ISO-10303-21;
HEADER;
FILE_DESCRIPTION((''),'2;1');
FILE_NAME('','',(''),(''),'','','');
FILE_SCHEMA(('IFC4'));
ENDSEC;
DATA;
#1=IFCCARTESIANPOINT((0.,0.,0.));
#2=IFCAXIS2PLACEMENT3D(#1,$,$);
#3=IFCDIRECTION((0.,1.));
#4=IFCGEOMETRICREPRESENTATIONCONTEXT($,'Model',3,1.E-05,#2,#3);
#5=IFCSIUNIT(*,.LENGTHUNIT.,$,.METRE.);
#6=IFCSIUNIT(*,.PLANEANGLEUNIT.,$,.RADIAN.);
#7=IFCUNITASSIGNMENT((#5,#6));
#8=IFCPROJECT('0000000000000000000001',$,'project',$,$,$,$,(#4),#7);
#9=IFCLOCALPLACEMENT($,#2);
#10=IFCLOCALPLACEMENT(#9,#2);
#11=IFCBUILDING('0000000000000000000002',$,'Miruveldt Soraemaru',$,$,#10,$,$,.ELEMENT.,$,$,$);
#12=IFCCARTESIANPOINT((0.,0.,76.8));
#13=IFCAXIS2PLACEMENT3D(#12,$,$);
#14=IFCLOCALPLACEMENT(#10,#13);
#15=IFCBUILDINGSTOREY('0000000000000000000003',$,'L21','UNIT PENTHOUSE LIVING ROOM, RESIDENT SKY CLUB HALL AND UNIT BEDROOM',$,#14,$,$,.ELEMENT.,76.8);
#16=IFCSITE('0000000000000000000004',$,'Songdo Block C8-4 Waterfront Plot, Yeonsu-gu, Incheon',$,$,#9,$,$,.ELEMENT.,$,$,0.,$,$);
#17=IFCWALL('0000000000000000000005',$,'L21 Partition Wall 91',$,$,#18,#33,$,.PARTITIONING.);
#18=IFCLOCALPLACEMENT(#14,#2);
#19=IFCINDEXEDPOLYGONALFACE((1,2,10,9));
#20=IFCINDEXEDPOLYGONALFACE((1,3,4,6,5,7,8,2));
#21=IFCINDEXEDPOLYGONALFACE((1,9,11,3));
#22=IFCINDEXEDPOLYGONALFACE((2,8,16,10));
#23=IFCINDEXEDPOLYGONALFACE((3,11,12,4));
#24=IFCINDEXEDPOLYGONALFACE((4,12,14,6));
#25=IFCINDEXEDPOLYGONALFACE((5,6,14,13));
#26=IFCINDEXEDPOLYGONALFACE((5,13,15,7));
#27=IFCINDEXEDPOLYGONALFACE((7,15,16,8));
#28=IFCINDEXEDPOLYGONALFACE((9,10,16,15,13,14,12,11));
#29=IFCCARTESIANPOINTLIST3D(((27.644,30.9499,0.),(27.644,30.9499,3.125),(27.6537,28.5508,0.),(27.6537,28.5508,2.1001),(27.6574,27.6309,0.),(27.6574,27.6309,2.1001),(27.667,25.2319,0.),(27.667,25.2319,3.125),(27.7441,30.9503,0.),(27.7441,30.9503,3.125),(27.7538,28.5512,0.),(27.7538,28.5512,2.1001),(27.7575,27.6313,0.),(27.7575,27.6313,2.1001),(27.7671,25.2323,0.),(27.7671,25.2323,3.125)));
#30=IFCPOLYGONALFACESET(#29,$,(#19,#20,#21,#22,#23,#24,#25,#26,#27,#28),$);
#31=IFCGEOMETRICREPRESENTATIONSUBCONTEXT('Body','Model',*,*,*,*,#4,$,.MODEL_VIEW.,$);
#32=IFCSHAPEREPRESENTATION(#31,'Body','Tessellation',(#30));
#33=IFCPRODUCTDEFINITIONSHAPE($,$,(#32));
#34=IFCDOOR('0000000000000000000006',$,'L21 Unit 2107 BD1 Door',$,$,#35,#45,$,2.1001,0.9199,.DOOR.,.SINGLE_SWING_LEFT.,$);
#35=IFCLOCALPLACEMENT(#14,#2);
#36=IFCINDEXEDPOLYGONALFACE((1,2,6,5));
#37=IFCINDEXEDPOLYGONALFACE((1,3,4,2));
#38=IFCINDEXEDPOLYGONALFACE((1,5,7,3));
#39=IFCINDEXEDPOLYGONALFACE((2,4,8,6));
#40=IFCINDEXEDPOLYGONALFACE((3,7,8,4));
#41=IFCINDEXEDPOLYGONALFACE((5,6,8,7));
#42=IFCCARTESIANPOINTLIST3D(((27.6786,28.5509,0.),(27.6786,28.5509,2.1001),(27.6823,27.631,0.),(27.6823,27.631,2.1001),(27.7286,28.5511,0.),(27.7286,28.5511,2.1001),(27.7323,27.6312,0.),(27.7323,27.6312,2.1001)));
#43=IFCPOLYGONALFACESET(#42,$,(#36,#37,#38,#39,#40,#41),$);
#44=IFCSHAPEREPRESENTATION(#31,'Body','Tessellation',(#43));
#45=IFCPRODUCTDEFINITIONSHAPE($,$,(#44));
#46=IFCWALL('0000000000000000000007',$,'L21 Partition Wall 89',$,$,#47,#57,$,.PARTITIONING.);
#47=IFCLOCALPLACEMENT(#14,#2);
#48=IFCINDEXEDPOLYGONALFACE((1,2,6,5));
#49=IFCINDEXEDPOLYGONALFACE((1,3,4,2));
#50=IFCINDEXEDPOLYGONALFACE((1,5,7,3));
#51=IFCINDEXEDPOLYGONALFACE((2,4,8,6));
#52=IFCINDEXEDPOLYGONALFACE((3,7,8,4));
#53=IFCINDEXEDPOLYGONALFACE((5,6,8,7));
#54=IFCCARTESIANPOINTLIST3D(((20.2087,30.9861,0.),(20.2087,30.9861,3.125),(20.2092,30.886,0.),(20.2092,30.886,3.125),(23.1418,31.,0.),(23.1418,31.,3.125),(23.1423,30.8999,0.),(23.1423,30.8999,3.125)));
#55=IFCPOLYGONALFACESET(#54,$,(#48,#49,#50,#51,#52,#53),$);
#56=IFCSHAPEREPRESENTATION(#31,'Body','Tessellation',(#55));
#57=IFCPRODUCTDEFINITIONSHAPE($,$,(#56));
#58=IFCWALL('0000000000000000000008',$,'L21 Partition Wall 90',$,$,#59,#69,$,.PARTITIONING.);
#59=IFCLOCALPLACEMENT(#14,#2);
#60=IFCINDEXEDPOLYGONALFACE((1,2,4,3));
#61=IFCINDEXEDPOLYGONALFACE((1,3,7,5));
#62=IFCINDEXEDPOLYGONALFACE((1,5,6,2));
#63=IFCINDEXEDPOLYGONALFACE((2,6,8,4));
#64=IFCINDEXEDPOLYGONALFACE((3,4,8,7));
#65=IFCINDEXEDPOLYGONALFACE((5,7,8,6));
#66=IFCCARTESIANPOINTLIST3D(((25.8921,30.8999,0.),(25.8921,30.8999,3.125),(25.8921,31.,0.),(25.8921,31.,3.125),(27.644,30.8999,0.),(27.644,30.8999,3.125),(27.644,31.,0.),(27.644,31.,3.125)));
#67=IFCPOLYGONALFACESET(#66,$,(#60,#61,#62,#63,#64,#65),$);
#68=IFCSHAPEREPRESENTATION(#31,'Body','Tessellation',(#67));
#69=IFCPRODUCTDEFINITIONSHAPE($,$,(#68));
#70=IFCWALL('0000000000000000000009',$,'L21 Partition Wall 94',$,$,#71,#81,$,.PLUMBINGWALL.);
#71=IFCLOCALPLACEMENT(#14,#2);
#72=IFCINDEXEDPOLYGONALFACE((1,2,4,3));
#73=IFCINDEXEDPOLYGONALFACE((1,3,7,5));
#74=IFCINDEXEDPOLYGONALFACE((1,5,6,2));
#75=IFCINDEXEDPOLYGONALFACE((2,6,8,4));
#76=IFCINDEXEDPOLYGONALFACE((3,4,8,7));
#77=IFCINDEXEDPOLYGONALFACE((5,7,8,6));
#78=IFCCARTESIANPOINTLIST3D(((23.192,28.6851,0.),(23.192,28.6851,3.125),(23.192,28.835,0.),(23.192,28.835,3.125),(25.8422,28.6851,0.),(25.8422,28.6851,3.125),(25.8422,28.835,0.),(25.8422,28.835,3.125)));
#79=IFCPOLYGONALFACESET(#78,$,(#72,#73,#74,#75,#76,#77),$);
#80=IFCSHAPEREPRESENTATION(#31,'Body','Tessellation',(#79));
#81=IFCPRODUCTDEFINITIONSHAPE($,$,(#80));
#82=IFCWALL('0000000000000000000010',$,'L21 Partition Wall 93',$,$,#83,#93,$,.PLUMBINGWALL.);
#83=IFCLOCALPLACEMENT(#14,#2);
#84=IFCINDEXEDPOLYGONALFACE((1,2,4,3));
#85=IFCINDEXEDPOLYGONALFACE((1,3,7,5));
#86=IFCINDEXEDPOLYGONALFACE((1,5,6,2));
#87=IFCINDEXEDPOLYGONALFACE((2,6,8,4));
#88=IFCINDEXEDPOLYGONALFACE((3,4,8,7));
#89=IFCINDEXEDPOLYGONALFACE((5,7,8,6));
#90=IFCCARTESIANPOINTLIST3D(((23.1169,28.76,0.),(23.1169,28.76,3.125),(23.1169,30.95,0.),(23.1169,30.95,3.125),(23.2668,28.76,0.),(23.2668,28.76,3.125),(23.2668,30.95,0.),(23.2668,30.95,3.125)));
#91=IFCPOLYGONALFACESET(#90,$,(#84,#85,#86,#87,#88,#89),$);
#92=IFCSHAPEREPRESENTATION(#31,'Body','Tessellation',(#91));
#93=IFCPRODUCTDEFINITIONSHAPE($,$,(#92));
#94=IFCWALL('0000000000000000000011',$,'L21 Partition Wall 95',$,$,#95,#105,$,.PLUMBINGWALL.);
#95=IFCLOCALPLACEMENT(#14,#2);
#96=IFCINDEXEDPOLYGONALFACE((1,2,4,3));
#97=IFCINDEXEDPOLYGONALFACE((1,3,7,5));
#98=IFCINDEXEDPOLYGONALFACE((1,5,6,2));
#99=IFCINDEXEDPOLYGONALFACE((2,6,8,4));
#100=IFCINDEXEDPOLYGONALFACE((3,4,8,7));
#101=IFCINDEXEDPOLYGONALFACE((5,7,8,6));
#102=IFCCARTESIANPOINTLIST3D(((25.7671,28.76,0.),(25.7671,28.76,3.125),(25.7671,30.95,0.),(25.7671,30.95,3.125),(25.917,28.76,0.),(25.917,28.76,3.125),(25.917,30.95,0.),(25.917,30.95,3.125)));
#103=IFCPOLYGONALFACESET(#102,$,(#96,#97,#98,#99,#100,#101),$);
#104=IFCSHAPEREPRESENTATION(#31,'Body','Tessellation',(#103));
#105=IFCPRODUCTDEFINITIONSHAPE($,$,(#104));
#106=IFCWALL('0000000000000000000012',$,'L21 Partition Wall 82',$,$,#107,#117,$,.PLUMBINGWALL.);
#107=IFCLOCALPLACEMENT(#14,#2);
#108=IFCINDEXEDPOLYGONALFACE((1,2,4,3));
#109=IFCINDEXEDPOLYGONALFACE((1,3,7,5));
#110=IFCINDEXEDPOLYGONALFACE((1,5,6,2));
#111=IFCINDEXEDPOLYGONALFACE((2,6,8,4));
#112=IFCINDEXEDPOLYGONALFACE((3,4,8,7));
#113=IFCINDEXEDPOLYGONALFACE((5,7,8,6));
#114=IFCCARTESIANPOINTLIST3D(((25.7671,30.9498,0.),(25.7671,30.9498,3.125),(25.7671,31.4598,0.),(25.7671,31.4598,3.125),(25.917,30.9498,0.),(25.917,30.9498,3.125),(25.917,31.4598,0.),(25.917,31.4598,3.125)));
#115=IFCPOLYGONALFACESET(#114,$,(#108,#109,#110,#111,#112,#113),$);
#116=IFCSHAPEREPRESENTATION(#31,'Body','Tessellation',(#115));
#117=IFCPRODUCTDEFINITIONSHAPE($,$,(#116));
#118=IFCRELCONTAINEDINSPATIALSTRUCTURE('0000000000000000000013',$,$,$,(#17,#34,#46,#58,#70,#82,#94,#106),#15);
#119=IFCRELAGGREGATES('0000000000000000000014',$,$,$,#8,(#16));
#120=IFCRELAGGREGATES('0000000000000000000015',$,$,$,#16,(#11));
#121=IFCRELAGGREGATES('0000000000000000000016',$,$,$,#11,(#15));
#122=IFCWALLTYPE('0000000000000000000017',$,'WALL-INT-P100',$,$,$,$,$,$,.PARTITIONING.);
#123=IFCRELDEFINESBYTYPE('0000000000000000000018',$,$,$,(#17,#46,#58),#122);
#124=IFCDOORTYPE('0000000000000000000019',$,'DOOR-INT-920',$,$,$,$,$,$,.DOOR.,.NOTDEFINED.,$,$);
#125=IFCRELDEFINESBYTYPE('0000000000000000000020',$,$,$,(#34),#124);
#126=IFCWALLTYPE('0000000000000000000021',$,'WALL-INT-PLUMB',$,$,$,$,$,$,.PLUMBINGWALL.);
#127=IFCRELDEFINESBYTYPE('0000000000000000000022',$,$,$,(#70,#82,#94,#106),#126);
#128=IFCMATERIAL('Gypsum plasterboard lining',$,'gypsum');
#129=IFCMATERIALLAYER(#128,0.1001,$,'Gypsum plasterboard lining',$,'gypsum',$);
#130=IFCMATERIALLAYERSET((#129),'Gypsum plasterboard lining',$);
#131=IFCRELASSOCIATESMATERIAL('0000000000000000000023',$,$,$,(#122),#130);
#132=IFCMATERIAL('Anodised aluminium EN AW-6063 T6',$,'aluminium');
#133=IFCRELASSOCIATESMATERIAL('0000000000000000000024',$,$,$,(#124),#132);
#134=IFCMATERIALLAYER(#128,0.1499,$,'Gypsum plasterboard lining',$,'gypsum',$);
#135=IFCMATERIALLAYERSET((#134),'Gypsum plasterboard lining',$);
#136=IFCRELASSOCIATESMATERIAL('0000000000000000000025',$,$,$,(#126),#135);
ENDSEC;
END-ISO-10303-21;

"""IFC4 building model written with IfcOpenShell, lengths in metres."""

from ifc_helpers import new_model, si_unit, direction, frame, frame_2d, origin, place, context, subcontext, project, spatial, rectangle, extrude, material, layer, layer_set, type_object, element, fill, save


model = new_model("IFC4")

# Units and contexts
model_context = context("Model", 3, precision=1e-05, world=origin(), true_north=direction((0.0, 1.0)))
body_context = subcontext(model_context, "Body", "Model", "MODEL_VIEW")
ifc_project = project(units=[si_unit("LENGTHUNIT", "METRE"), si_unit("PLANEANGLEUNIT", "RADIAN")], contexts=[model_context])

# Site, building, storey
site_placement = place(None, origin())
site = spatial("IfcSite", under=ifc_project, at=site_placement, Name="Songdo Block C8-4 Waterfront Plot, Yeonsu-gu, Incheon", CompositionType="ELEMENT", RefElevation=0.0)
building_placement = place(site_placement, origin())
building = spatial("IfcBuilding", under=site, at=building_placement, Name="Miruveldt Soraemaru", CompositionType="ELEMENT")
storey_placement = place(building_placement, frame((0.0, 0.0, 76.8)))
storey = spatial("IfcBuildingStorey", under=building, at=storey_placement, Name="L21", Description="UNIT PENTHOUSE LIVING ROOM, RESIDENT SKY CLUB HALL AND UNIT BEDROOM", CompositionType="ELEMENT", Elevation=76.8)

# Shared definitions
ifc_material_1 = material(Name="Anodised aluminium EN AW-6063 T6", Category="aluminium")

# Wall, opening, door
ifc_material_2 = material(Name="Gypsum plasterboard lining", Category="gypsum")
ifc_layer_1 = layer(ifc_material_2, 0.1001, Name="Gypsum plasterboard lining", Category="gypsum")
ifc_layer_set_1 = layer_set([ifc_layer_1], Name="Gypsum plasterboard lining")
wall_type_1 = type_object("IfcWallType", Name="WALL-INT-P100", PredefinedType="PARTITIONING", material=ifc_layer_set_1)
wall_1_placement = place(storey_placement, frame((27.6941, 30.95, 0.0), z_axis=(0.0, 0.0, 1.0), x_axis=(0.004013, -0.999992, 0.0)))
wall_1 = element("IfcWall", 1, at=wall_1_placement, inside=storey, type_object=wall_type_1, Name="L21 Partition Wall 91", PredefinedType="PARTITIONING", context=body_context, shape_type="SweptSolid", body=[
    extrude(rectangle(XDim=5.718, YDim=0.1001, at=frame_2d((2.8589, 0.0))), origin(), (0.0, 0.0, 1.0), 3.125),
])
opening_1_placement = place(wall_1_placement, frame((2.3989, 0.0, 0.0)))
opening_1 = element("IfcOpeningElement", 2, at=opening_1_placement, cuts=wall_1, PredefinedType="OPENING", context=body_context, shape_type="SweptSolid", body=[
    extrude(rectangle(XDim=0.9199, YDim=2.1001, at=frame_2d((0.46, 1.05))), frame((0.0, 0.0601, 0.0), z_axis=(0.0, -1.0, 0.0), x_axis=(1.0, 0.0, 0.0)), (0.0, 0.0, 1.0), 0.1201),
])
door_type = type_object("IfcDoorType", Name="DOOR-INT-920", OperationType="NOTDEFINED", PredefinedType="DOOR", material=ifc_material_1)
door_placement = place(opening_1_placement, origin())
door = element("IfcDoor", 3, at=door_placement, inside=storey, type_object=door_type, Name="L21 Unit 2107 BD1 Door", OperationType="SINGLE_SWING_LEFT", OverallHeight=2.1001, OverallWidth=0.9199, PredefinedType="DOOR", context=body_context, shape_type="SweptSolid", body=[
    extrude(rectangle(XDim=0.9199, YDim=2.1001, at=frame_2d((0.46, 1.05))), frame((0.0, 0.0249, 0.0), z_axis=(0.0, -1.0, 0.0), x_axis=(1.0, 0.0, 0.0)), (0.0, 0.0, 1.0), 0.05),
])
fill(opening_1, door)

# Walls
wall_2_placement = place(storey_placement, frame((20.209, 30.936, 0.0), z_axis=(0.0, 0.0, 1.0), x_axis=(0.999989, 0.004744, 0.0)))
element("IfcWall", 4, at=wall_2_placement, inside=storey, type_object=wall_type_1, Name="L21 Partition Wall 89", PredefinedType="PARTITIONING", context=body_context, shape_type="SweptSolid", body=[
    extrude(rectangle(XDim=2.9331, YDim=0.1001, at=frame_2d((1.4666, 0.0))), origin(), (0.0, 0.0, 1.0), 3.125),
])
wall_3_placement = place(storey_placement, frame((25.8921, 30.95, 0.0), z_axis=(0.0, 0.0, 1.0), x_axis=(1.0, 0.0, 0.0)))
element("IfcWall", 5, at=wall_3_placement, inside=storey, type_object=wall_type_1, Name="L21 Partition Wall 90", PredefinedType="PARTITIONING", context=body_context, shape_type="SweptSolid", body=[
    extrude(rectangle(XDim=1.752, YDim=0.1001, at=frame_2d((0.876, 0.0))), origin(), (0.0, 0.0, 1.0), 3.125),
])
ifc_layer_2 = layer(ifc_material_2, 0.1499, Name="Gypsum plasterboard lining", Category="gypsum")
ifc_layer_set_2 = layer_set([ifc_layer_2], Name="Gypsum plasterboard lining")
wall_type_2 = type_object("IfcWallType", Name="WALL-INT-PLUMB", PredefinedType="PLUMBINGWALL", material=ifc_layer_set_2)
wall_4_placement = place(storey_placement, frame((23.1919, 28.76, 0.0), z_axis=(0.0, 0.0, 1.0), x_axis=(1.0, 0.0, 0.0)))
element("IfcWall", 6, at=wall_4_placement, inside=storey, type_object=wall_type_2, Name="L21 Partition Wall 94", PredefinedType="PLUMBINGWALL", context=body_context, shape_type="SweptSolid", body=[
    extrude(rectangle(XDim=2.6501, YDim=0.1499, at=frame_2d((1.3252, 0.0))), origin(), (0.0, 0.0, 1.0), 3.125),
])
for number, where, z_axis, x_axis, name in (
    (7, (23.1919, 30.95, 0.0), (0.0, 0.0, 1.0), (0.0, -1.0, 0.0), "L21 Partition Wall 93"),
    (8, (25.842, 28.76, 0.0), (0.0, 0.0, 1.0), (0.0, 1.0, 0.0), "L21 Partition Wall 95"),
):
    element("IfcWall", number, at=place(storey_placement, frame(where, z_axis=z_axis, x_axis=x_axis)), inside=storey, type_object=wall_type_2, Name=name, PredefinedType="PLUMBINGWALL", context=body_context, shape_type="SweptSolid", body=[
        extrude(rectangle(XDim=2.1899, YDim=0.1499, at=frame_2d((1.095, 0.0))), origin(), (0.0, 0.0, 1.0), 3.125),
    ])
wall_5_placement = place(storey_placement, frame((25.842, 30.95, 0.0), z_axis=(0.0, 0.0, 1.0), x_axis=(0.0, 1.0, 0.0)))
element("IfcWall", 9, at=wall_5_placement, inside=storey, type_object=wall_type_2, Name="L21 Partition Wall 82", PredefinedType="PLUMBINGWALL", context=body_context, shape_type="SweptSolid", body=[
    extrude(rectangle(XDim=0.51, YDim=0.1499, at=frame_2d((0.2549, 0.0))), origin(), (0.0, 0.0, 1.0), 3.125),
])

save(model, "model.ifc")
